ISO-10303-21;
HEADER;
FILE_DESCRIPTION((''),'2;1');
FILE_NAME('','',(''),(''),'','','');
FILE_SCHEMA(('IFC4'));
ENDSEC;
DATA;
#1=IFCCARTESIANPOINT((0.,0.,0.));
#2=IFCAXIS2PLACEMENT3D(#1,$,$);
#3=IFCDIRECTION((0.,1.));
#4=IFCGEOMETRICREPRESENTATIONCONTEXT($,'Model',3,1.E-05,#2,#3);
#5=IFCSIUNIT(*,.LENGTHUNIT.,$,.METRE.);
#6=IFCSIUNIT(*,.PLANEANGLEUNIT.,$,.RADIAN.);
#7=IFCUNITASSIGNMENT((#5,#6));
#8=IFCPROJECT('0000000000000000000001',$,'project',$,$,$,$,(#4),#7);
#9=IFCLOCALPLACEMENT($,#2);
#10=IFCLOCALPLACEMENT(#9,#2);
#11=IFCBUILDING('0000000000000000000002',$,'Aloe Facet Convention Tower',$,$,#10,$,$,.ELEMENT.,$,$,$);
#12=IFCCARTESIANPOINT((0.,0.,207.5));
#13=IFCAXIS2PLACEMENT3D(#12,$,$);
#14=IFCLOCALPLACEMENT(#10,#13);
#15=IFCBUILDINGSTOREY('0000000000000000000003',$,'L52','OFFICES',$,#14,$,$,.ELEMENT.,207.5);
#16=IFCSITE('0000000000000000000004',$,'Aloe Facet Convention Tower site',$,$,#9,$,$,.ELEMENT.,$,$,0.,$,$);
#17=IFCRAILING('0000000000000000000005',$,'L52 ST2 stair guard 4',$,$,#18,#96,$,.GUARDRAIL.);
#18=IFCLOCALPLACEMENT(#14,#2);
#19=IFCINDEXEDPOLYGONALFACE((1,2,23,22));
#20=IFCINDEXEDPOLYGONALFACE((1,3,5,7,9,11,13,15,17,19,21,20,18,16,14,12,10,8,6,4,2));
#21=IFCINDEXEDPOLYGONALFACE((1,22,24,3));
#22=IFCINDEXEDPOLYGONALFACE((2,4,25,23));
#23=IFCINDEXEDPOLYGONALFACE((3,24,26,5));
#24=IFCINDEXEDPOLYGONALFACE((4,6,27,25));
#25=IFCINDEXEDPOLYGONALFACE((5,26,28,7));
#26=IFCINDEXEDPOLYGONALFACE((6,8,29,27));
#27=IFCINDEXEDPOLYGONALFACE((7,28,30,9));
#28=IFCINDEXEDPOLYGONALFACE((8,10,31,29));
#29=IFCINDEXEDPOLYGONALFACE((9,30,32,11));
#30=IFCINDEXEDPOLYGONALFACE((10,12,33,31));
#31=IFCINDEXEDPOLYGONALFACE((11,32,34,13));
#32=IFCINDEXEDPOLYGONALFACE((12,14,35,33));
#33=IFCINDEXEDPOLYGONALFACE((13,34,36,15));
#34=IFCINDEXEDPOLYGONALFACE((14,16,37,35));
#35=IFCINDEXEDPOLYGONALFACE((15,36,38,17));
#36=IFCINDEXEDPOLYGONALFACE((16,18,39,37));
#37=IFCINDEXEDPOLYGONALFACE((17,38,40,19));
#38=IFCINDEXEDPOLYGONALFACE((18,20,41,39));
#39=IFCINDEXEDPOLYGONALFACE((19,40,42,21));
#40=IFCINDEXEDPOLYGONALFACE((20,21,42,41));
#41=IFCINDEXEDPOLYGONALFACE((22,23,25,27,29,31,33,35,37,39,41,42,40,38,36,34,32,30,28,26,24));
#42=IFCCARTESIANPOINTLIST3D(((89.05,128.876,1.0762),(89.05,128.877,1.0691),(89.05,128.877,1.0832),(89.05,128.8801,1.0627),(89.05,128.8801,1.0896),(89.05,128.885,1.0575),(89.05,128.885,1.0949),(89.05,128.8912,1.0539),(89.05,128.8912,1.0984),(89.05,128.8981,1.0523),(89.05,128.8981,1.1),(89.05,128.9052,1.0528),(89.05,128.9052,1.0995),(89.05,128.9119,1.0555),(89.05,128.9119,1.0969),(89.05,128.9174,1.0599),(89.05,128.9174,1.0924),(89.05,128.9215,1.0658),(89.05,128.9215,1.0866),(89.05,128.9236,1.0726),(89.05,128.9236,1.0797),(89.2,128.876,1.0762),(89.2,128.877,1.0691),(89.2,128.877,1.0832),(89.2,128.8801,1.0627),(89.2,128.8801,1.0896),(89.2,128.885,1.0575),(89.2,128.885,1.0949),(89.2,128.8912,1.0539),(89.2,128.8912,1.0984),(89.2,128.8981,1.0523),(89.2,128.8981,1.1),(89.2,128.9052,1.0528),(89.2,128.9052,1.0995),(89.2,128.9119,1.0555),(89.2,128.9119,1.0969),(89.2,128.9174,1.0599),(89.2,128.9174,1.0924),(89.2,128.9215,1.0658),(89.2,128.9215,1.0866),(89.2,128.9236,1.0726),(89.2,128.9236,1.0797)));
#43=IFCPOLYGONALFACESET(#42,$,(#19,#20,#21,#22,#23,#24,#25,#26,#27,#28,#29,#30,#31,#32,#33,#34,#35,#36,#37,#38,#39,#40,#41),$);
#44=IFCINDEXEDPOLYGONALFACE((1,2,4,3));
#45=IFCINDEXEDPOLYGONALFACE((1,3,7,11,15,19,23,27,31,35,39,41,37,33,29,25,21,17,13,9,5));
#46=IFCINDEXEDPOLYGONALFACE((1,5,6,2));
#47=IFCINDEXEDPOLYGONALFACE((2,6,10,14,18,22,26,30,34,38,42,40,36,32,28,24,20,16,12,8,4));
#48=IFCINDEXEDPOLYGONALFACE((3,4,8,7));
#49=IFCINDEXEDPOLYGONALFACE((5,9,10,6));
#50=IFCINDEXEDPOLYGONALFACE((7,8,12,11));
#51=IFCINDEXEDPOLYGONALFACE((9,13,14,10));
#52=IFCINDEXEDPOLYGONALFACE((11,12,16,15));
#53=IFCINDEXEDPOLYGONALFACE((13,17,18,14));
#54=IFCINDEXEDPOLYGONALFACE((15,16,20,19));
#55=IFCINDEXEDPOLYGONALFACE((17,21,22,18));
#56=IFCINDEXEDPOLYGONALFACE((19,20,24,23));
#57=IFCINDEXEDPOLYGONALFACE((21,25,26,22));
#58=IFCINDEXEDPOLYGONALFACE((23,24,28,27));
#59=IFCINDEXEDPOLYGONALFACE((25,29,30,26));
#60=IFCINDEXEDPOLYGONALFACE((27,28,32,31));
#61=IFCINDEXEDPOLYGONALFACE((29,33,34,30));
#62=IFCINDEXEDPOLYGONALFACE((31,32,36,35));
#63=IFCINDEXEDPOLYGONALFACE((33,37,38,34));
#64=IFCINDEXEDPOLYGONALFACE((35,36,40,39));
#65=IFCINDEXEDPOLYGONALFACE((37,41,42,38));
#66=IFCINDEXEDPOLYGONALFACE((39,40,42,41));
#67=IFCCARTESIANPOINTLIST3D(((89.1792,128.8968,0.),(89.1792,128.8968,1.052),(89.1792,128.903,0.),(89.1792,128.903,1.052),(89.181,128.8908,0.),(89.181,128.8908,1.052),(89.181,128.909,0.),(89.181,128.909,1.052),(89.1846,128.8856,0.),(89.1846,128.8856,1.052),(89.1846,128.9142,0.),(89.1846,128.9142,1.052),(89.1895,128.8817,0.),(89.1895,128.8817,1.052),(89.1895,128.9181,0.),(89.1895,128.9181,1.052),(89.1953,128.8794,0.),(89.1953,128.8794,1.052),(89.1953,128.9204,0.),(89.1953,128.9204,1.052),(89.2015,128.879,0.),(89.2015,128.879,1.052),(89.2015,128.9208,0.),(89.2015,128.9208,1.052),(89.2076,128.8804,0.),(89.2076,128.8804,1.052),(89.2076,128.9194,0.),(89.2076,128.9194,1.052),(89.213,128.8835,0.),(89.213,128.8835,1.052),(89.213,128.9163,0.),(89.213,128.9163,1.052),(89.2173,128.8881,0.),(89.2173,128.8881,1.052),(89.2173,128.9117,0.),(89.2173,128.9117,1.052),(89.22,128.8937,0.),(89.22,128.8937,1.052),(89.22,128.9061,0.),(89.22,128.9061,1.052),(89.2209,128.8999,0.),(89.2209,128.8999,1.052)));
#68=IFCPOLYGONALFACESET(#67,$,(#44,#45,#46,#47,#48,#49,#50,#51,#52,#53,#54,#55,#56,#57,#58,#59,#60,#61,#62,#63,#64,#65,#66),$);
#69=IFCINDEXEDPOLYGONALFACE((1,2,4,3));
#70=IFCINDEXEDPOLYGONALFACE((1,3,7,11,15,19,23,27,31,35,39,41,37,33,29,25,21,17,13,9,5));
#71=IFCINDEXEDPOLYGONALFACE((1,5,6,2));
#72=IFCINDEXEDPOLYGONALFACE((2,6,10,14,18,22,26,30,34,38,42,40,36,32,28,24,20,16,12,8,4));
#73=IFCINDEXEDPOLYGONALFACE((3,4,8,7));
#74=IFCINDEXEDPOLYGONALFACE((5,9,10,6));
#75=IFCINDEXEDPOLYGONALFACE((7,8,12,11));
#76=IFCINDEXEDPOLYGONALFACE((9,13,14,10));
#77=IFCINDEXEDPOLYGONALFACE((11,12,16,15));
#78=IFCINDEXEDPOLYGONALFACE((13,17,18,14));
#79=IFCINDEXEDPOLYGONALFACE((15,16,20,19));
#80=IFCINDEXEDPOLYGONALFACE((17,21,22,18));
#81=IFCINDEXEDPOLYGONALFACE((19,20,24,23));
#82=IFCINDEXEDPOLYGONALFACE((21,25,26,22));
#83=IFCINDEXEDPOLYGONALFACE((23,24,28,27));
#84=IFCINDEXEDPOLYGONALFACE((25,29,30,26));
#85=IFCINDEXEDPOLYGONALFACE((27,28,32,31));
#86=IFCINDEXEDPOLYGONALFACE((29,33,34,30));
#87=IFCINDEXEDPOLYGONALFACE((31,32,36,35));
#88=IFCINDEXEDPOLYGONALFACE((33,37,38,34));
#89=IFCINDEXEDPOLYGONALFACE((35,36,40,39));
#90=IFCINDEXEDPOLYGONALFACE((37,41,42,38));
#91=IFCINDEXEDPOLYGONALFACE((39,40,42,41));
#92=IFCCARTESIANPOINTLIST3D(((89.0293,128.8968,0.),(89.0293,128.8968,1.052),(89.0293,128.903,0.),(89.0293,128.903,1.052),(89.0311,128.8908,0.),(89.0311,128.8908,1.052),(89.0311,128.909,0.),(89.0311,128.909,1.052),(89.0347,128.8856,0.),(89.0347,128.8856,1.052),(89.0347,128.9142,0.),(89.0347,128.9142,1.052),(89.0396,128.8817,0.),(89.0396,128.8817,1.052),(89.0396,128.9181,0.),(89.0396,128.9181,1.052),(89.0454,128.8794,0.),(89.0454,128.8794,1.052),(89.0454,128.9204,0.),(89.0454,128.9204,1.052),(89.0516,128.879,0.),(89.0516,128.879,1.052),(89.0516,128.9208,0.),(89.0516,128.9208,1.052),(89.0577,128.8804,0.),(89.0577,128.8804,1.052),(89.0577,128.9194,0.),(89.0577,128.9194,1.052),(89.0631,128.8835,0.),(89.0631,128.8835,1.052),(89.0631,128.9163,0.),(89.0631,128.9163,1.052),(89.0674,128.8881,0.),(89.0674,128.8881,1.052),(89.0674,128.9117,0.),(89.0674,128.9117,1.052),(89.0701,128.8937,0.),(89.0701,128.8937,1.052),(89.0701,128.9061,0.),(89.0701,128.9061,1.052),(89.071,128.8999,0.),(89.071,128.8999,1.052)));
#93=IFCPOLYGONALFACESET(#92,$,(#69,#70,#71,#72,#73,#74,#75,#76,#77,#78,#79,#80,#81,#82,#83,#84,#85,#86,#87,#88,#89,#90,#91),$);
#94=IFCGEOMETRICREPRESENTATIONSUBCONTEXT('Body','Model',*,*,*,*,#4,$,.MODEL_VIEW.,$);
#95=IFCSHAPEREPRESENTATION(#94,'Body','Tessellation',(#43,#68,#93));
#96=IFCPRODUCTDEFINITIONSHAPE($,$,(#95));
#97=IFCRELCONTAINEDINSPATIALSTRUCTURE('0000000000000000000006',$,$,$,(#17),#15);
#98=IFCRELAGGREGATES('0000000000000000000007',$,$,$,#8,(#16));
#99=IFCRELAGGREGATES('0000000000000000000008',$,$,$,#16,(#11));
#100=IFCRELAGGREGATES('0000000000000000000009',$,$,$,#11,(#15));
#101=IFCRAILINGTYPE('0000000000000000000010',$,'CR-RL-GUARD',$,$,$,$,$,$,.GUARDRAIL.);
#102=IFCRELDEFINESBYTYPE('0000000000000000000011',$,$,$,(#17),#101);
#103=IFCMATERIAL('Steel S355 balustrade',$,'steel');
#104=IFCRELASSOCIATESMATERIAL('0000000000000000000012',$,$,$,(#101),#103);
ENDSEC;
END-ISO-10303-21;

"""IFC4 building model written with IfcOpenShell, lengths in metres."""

from ifc_helpers import new_model, si_unit, direction, frame, origin, origin_2d, place, context, subcontext, project, spatial, circle, extrude, material, type_object, element, save


model = new_model("IFC4")

# Units and contexts
model_context = context("Model", 3, precision=1e-05, world=origin(), true_north=direction((0.0, 1.0)))
body_context = subcontext(model_context, "Body", "Model", "MODEL_VIEW")
ifc_project = project(units=[si_unit("LENGTHUNIT", "METRE"), si_unit("PLANEANGLEUNIT", "RADIAN")], contexts=[model_context])

# Site, building, storey
site_placement = place(None, origin())
site = spatial("IfcSite", under=ifc_project, at=site_placement, Name="Aloe Facet Convention Tower site", CompositionType="ELEMENT", RefElevation=0.0)
building_placement = place(site_placement, origin())
building = spatial("IfcBuilding", under=site, at=building_placement, Name="Aloe Facet Convention Tower", CompositionType="ELEMENT")
storey_placement = place(building_placement, frame((0.0, 0.0, 207.5)))
storey = spatial("IfcBuildingStorey", under=building, at=storey_placement, Name="L52", Description="OFFICES", CompositionType="ELEMENT", Elevation=207.5)

# Railing
ifc_material_1 = material(Name="Steel S355 balustrade", Category="steel")
railing_type_1 = type_object("IfcRailingType", Name="CR-RL-GUARD", PredefinedType="GUARDRAIL", material=ifc_material_1)
railing_1_placement = place(storey_placement, frame((89.2, 128.8999, 0.0)))
element("IfcRailing", 1, at=railing_1_placement, inside=storey, type_object=railing_type_1, Name="L52 ST2 stair guard 4", PredefinedType="GUARDRAIL", context=body_context, shape_type="SweptSolid", body=[
    extrude(circle(Radius=0.0239, at=origin_2d()), frame((0.0, 0.0, 1.0762), z_axis=(-1.0, 0.0, 0.0), x_axis=(0.0, -1.0, 0.0)), (0.0, 0.0, 1.0), 0.1499),
    extrude(circle(Radius=0.021, at=origin_2d()), origin(), (0.0, 0.0, 1.0), 1.052),
    extrude(circle(Radius=0.021, at=origin_2d()), frame((-0.1499, 0.0, 0.0)), (0.0, 0.0, 1.0), 1.052),
])

save(model, "model.ifc")
